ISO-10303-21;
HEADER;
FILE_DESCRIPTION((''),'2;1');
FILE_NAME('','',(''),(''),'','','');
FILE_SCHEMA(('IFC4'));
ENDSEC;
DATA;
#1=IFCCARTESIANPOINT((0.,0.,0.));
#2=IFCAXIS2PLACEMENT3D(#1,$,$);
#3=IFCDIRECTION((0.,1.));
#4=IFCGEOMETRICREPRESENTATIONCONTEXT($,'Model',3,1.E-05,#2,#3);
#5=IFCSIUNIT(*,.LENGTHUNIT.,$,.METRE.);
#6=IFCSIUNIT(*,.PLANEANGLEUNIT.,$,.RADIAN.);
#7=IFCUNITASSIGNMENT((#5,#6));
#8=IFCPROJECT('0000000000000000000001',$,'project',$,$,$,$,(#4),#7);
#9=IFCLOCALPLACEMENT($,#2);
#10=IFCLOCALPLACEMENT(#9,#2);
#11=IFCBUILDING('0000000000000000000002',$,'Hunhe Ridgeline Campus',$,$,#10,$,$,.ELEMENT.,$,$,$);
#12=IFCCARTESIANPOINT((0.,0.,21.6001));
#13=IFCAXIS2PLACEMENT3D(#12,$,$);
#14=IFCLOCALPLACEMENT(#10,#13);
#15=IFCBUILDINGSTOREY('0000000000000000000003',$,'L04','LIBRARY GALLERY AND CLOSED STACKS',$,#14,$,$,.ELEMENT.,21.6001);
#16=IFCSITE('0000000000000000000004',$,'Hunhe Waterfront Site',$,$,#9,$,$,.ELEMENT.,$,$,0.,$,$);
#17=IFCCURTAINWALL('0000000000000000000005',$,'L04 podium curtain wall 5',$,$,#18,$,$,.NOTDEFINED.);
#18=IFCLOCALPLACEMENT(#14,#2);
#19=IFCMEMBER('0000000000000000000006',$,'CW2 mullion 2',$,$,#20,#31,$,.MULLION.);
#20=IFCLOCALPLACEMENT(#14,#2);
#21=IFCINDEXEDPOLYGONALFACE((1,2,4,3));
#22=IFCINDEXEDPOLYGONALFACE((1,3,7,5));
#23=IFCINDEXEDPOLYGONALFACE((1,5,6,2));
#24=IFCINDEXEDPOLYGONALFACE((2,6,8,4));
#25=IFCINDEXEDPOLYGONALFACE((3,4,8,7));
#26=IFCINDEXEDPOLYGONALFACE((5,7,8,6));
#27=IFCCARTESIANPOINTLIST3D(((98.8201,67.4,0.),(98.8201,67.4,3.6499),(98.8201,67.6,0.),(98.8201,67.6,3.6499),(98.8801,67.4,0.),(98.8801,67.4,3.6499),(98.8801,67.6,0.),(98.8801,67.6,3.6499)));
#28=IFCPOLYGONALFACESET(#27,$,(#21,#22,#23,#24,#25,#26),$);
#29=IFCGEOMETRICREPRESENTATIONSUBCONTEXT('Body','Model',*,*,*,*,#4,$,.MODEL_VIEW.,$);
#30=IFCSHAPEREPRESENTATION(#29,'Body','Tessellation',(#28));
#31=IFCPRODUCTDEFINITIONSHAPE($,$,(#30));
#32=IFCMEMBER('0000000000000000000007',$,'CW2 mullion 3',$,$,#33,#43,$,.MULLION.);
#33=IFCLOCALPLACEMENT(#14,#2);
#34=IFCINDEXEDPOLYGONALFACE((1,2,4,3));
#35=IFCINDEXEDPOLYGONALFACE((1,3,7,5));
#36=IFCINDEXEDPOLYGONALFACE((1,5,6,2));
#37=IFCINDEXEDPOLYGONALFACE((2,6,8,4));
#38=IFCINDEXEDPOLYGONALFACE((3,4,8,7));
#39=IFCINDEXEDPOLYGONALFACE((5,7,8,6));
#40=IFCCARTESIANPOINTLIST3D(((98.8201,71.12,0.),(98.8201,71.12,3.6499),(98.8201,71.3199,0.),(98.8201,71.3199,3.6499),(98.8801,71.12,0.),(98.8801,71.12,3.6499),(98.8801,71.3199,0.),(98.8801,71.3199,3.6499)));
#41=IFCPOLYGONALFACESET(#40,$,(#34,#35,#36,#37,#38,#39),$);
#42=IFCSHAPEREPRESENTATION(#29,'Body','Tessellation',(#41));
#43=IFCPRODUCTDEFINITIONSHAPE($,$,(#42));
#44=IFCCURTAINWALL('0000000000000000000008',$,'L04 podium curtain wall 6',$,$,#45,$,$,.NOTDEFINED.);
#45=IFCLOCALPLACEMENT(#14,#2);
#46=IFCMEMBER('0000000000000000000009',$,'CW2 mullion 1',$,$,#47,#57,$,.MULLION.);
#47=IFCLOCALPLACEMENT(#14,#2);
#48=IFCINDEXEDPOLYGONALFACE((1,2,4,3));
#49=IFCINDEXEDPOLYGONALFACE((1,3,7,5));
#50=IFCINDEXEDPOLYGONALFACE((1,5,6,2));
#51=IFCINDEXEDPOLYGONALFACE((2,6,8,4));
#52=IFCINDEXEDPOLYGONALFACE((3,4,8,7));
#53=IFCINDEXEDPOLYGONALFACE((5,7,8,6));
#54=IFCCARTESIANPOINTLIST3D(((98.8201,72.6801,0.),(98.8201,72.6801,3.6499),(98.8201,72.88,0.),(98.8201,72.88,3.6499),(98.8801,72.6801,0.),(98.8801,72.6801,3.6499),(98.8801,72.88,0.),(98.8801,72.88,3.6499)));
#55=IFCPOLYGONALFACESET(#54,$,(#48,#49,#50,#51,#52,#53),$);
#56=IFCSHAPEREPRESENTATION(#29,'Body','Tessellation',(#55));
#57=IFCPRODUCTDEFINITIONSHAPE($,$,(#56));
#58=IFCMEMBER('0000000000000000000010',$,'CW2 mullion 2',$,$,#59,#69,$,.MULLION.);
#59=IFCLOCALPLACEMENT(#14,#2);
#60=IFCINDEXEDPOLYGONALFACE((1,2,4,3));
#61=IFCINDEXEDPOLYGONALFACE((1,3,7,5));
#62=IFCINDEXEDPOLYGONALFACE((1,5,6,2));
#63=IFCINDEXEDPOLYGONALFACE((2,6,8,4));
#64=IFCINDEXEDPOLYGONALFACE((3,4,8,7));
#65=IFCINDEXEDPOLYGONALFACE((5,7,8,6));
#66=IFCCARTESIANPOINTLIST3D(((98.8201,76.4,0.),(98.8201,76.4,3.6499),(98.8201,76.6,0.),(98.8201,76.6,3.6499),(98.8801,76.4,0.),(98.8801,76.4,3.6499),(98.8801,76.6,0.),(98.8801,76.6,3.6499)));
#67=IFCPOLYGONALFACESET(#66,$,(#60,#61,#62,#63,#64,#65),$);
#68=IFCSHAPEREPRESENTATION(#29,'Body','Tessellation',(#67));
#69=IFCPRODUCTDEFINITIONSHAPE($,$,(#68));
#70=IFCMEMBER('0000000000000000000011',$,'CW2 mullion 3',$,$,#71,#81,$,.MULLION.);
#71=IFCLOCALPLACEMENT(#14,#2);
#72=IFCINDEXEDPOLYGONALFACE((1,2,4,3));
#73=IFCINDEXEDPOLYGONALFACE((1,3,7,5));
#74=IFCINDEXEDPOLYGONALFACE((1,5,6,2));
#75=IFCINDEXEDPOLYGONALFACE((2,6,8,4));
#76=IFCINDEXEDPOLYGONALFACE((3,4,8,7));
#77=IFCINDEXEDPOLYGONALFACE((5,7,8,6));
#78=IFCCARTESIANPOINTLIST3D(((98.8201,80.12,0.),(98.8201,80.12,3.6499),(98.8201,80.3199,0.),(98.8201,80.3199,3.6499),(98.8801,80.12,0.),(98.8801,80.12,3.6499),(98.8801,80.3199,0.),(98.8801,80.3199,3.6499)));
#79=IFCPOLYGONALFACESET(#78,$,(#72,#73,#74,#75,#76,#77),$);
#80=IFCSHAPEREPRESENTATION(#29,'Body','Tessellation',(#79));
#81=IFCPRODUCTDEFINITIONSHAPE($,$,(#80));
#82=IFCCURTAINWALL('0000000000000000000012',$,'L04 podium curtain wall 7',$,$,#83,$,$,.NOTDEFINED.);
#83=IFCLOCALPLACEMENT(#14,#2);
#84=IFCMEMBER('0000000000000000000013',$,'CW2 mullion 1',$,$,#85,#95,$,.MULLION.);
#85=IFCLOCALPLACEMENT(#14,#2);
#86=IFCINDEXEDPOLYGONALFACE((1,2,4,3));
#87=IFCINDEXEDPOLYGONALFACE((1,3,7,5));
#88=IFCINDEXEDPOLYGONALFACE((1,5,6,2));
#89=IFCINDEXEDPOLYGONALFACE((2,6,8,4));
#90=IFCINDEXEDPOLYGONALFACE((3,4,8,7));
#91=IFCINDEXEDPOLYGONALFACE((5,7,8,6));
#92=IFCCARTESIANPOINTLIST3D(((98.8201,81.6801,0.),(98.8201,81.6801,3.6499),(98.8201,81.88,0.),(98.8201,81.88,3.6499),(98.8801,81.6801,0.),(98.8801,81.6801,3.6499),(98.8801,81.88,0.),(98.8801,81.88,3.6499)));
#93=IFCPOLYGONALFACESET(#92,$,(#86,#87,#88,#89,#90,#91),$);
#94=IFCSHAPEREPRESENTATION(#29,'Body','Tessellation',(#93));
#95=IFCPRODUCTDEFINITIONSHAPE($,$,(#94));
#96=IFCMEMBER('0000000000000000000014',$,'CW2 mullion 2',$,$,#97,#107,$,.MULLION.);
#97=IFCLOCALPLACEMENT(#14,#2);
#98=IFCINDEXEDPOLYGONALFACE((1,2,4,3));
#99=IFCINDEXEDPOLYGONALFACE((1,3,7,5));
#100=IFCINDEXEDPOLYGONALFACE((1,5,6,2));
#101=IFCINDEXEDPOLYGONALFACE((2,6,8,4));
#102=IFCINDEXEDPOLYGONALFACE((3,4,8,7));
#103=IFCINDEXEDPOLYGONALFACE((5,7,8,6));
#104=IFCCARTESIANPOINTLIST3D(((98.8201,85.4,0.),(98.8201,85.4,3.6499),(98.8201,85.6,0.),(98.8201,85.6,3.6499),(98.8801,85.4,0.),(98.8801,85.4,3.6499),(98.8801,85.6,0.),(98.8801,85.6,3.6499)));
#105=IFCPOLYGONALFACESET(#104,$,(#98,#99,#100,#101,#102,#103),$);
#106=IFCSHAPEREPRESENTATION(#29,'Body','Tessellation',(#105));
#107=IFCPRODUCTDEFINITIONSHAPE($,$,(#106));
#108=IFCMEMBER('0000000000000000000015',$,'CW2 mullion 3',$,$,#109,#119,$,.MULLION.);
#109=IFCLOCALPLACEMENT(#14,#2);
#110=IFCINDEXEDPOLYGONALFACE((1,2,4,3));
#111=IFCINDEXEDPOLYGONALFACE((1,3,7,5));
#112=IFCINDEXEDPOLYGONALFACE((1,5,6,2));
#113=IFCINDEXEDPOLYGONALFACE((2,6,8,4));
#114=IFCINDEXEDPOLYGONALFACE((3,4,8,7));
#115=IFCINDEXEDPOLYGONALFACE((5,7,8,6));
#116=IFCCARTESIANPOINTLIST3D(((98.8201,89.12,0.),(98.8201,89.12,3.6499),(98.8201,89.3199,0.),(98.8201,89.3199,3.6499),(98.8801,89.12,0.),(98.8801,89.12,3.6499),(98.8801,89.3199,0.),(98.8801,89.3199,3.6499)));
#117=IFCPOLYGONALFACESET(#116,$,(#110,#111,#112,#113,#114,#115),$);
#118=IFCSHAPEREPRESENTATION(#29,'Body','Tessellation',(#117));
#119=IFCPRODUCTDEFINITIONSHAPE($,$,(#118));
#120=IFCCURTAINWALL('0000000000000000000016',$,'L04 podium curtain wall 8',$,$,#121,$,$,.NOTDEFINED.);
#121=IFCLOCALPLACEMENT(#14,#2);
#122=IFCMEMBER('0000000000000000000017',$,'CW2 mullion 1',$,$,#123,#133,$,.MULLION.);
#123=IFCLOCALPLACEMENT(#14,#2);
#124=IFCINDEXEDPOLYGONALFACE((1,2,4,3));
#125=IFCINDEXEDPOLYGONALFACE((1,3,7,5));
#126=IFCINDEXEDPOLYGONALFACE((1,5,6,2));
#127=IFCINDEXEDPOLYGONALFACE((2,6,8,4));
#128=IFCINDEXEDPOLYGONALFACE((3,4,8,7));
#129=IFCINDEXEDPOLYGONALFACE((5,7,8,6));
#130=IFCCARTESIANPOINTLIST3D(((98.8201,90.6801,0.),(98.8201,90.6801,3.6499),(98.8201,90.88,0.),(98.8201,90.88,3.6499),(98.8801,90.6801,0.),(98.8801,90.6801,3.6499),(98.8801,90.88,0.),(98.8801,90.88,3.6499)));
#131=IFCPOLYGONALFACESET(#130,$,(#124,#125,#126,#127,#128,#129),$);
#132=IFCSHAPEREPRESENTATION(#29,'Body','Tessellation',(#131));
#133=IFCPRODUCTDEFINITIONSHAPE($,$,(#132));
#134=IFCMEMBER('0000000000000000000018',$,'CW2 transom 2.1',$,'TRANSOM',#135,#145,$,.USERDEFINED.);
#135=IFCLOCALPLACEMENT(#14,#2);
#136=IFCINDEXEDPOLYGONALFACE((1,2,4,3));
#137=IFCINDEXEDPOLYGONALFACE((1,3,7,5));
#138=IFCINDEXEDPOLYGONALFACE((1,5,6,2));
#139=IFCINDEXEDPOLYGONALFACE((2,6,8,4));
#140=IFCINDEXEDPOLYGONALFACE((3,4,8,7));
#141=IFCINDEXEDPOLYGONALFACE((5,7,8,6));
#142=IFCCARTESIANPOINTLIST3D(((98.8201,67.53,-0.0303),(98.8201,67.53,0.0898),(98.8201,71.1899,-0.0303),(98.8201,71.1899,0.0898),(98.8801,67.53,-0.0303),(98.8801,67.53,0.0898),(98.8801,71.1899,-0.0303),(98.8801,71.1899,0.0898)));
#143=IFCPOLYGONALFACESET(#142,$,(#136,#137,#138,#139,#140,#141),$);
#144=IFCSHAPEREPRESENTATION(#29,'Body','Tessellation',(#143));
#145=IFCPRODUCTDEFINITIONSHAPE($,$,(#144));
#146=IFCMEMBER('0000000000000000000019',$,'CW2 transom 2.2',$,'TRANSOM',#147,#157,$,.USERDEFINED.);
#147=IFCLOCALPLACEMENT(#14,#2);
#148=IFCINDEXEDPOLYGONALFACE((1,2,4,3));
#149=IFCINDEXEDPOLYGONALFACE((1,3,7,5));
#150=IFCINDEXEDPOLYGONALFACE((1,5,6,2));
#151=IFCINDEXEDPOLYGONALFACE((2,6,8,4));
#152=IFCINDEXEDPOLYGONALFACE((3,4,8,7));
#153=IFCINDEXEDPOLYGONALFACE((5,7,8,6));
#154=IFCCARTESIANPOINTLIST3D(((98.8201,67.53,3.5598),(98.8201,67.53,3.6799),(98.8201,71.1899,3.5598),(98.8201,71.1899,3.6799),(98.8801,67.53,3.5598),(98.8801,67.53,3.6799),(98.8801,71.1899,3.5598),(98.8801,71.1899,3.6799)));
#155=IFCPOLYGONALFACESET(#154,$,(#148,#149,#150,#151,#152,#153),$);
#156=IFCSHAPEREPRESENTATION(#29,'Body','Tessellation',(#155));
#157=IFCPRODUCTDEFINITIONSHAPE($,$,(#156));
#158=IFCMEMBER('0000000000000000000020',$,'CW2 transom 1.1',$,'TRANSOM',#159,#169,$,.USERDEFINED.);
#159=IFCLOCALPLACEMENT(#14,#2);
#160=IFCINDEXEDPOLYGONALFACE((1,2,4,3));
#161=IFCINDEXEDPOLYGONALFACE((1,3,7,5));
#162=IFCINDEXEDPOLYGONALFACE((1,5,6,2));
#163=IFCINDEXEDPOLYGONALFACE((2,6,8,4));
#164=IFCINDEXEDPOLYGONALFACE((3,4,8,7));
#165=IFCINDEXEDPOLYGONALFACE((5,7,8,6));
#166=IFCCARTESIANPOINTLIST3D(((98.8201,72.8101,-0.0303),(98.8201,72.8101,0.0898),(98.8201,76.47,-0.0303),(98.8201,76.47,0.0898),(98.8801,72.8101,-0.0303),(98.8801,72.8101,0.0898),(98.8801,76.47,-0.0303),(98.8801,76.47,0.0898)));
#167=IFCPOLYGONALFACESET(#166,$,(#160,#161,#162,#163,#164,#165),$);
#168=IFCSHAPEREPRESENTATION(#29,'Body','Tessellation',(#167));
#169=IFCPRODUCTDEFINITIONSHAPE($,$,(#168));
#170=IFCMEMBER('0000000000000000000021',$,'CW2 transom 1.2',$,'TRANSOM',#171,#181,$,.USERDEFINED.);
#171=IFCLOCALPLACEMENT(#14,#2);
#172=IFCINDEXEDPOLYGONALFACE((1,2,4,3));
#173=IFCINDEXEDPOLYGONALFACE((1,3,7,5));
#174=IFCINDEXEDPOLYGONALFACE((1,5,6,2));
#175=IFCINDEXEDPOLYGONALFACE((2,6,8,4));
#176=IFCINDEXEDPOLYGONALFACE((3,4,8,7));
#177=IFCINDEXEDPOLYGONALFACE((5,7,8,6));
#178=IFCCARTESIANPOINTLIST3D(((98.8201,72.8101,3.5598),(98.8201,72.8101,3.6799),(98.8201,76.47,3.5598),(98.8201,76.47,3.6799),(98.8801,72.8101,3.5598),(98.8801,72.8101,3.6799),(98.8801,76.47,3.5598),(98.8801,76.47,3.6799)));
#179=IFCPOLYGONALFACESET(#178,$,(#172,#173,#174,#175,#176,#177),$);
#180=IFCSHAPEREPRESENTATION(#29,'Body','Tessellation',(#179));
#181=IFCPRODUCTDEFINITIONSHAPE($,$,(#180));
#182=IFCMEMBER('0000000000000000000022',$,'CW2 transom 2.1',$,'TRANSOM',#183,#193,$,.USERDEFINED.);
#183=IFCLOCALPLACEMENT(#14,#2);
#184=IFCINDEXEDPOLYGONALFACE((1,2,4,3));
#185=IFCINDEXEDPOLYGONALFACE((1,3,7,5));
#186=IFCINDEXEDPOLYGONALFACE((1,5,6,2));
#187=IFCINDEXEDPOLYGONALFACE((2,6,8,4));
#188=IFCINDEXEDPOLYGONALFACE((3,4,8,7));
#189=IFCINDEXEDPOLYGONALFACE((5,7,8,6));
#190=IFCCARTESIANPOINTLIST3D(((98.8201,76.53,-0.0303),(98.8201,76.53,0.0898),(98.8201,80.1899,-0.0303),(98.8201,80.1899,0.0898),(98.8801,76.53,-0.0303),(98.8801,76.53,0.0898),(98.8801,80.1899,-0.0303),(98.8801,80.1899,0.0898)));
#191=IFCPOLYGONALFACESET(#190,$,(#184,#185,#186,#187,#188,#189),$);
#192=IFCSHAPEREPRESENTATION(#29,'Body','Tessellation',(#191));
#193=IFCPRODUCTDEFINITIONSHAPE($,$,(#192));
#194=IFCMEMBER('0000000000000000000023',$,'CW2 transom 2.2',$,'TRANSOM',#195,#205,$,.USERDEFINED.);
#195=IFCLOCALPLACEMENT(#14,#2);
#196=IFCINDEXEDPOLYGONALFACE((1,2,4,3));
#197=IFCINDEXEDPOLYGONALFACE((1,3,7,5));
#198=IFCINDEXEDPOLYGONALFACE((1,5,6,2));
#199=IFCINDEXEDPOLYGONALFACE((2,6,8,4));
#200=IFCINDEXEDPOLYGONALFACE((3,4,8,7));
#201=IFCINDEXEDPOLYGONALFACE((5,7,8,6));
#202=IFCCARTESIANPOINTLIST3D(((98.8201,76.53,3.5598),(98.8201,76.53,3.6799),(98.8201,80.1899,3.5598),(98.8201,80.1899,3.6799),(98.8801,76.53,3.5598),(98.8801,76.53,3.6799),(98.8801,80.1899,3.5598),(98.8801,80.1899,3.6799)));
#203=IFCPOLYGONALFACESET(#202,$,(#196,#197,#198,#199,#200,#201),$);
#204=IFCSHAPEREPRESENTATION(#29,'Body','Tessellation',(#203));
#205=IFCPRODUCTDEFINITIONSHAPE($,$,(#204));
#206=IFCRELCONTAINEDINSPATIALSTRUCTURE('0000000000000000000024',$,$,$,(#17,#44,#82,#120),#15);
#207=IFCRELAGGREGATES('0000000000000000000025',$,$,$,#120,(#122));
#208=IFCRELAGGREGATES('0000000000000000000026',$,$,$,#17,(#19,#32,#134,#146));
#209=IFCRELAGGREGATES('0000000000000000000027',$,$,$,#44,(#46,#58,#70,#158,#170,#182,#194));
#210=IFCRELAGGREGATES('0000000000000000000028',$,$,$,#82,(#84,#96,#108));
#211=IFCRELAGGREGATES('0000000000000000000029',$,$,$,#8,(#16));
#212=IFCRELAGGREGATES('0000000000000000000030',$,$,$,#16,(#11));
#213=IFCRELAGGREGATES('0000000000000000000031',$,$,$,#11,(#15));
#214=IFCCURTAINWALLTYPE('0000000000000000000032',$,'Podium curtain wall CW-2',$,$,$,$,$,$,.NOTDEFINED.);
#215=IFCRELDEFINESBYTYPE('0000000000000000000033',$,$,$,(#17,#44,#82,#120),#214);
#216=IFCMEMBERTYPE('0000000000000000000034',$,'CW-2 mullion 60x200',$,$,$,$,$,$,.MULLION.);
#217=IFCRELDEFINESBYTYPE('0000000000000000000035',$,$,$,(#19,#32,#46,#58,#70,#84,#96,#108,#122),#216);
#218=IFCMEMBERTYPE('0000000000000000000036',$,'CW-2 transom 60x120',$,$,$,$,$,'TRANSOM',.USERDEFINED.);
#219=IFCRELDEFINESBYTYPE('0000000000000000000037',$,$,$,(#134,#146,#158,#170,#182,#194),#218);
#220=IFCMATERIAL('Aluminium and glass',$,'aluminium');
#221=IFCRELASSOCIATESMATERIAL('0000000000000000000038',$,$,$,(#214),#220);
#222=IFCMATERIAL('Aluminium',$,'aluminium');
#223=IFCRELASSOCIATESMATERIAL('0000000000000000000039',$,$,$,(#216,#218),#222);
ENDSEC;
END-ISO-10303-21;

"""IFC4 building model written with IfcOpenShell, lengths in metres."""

from ifc_helpers import new_model, si_unit, direction, frame, origin, origin_2d, place, context, subcontext, project, spatial, rectangle, extrude, material, material_profile, profile_set, type_object, element, aggregate, save


model = new_model("IFC4")

# Units and contexts
model_context = context("Model", 3, precision=1e-05, world=origin(), true_north=direction((0.0, 1.0)))
body_context = subcontext(model_context, "Body", "Model", "MODEL_VIEW")
ifc_project = project(units=[si_unit("LENGTHUNIT", "METRE"), si_unit("PLANEANGLEUNIT", "RADIAN")], contexts=[model_context])

# Site, building, storey
site_placement = place(None, origin())
site = spatial("IfcSite", under=ifc_project, at=site_placement, Name="Hunhe Waterfront Site", CompositionType="ELEMENT", RefElevation=0.0)
building_placement = place(site_placement, origin())
building = spatial("IfcBuilding", under=site, at=building_placement, Name="Hunhe Ridgeline Campus", CompositionType="ELEMENT")
storey_placement = place(building_placement, frame((0.0, 0.0, 21.6001)))
storey = spatial("IfcBuildingStorey", under=building, at=storey_placement, Name="L04", Description="LIBRARY GALLERY AND CLOSED STACKS", CompositionType="ELEMENT", Elevation=21.6001)

# Curtain walls, members
ifc_material_1 = material(Name="Aluminium and glass", Category="aluminium")
curtain_wall_type = type_object("IfcCurtainWallType", Name="Podium curtain wall CW-2", PredefinedType="NOTDEFINED", material=ifc_material_1)
curtain_wall_1_placement = place(storey_placement, origin())
curtain_wall_1 = element("IfcCurtainWall", 1, at=curtain_wall_1_placement, inside=storey, type_object=curtain_wall_type, Name="L04 podium curtain wall 5", PredefinedType="NOTDEFINED")
ifc_material_2 = material(Name="Aluminium", Category="aluminium")
ifc_material_profile_1 = material_profile(ifc_material_2, rectangle(XDim=0.0601, YDim=0.2, at=origin_2d()))
ifc_profile_set_1 = profile_set([ifc_material_profile_1], Name="Aluminium")
member_type_1 = type_object("IfcMemberType", Name="CW-2 mullion 60x200", PredefinedType="MULLION", material=ifc_profile_set_1)
member_1_placement = place(storey_placement, frame((98.8501, 67.5, 0.0), z_axis=(0.0, 0.0, 1.0), x_axis=(-1.0, 0.0, 0.0)))
member_1 = element("IfcMember", 2, at=member_1_placement, type_object=member_type_1, Name="CW2 mullion 2", PredefinedType="MULLION", context=body_context, shape_type="SweptSolid", body=[
    extrude(rectangle(XDim=0.0601, YDim=0.2, at=origin_2d()), origin(), (0.0, 0.0, 1.0), 3.6499),
])
member_2_placement = place(storey_placement, frame((98.8501, 71.22, 0.0), z_axis=(0.0, 0.0, 1.0), x_axis=(-1.0, 0.0, 0.0)))
member_2 = element("IfcMember", 3, at=member_2_placement, type_object=member_type_1, Name="CW2 mullion 3", PredefinedType="MULLION", context=body_context, shape_type="SweptSolid", body=[
    extrude(rectangle(XDim=0.0601, YDim=0.2, at=origin_2d()), origin(), (0.0, 0.0, 1.0), 3.6499),
])
curtain_wall_2_placement = place(storey_placement, origin())
curtain_wall_2 = element("IfcCurtainWall", 4, at=curtain_wall_2_placement, inside=storey, type_object=curtain_wall_type, Name="L04 podium curtain wall 6", PredefinedType="NOTDEFINED")
member_3_placement = place(storey_placement, frame((98.8501, 72.78, 0.0), z_axis=(0.0, 0.0, 1.0), x_axis=(-1.0, 0.0, 0.0)))
member_3 = element("IfcMember", 5, at=member_3_placement, type_object=member_type_1, Name="CW2 mullion 1", PredefinedType="MULLION", context=body_context, shape_type="SweptSolid", body=[
    extrude(rectangle(XDim=0.0601, YDim=0.2, at=origin_2d()), origin(), (0.0, 0.0, 1.0), 3.6499),
])
member_4_placement = place(storey_placement, frame((98.8501, 76.5, 0.0), z_axis=(0.0, 0.0, 1.0), x_axis=(-1.0, 0.0, 0.0)))
member_4 = element("IfcMember", 6, at=member_4_placement, type_object=member_type_1, Name="CW2 mullion 2", PredefinedType="MULLION", context=body_context, shape_type="SweptSolid", body=[
    extrude(rectangle(XDim=0.0601, YDim=0.2, at=origin_2d()), origin(), (0.0, 0.0, 1.0), 3.6499),
])
member_5_placement = place(storey_placement, frame((98.8501, 80.22, 0.0), z_axis=(0.0, 0.0, 1.0), x_axis=(-1.0, 0.0, 0.0)))
member_5 = element("IfcMember", 7, at=member_5_placement, type_object=member_type_1, Name="CW2 mullion 3", PredefinedType="MULLION", context=body_context, shape_type="SweptSolid", body=[
    extrude(rectangle(XDim=0.0601, YDim=0.2, at=origin_2d()), origin(), (0.0, 0.0, 1.0), 3.6499),
])
curtain_wall_3_placement = place(storey_placement, origin())
curtain_wall_3 = element("IfcCurtainWall", 8, at=curtain_wall_3_placement, inside=storey, type_object=curtain_wall_type, Name="L04 podium curtain wall 7", PredefinedType="NOTDEFINED")
member_6_placement = place(storey_placement, frame((98.8501, 81.78, 0.0), z_axis=(0.0, 0.0, 1.0), x_axis=(-1.0, 0.0, 0.0)))
member_6 = element("IfcMember", 9, at=member_6_placement, type_object=member_type_1, Name="CW2 mullion 1", PredefinedType="MULLION", context=body_context, shape_type="SweptSolid", body=[
    extrude(rectangle(XDim=0.0601, YDim=0.2, at=origin_2d()), origin(), (0.0, 0.0, 1.0), 3.6499),
])
member_7_placement = place(storey_placement, frame((98.8501, 85.5, 0.0), z_axis=(0.0, 0.0, 1.0), x_axis=(-1.0, 0.0, 0.0)))
member_7 = element("IfcMember", 10, at=member_7_placement, type_object=member_type_1, Name="CW2 mullion 2", PredefinedType="MULLION", context=body_context, shape_type="SweptSolid", body=[
    extrude(rectangle(XDim=0.0601, YDim=0.2, at=origin_2d()), origin(), (0.0, 0.0, 1.0), 3.6499),
])
member_8_placement = place(storey_placement, frame((98.8501, 89.22, 0.0), z_axis=(0.0, 0.0, 1.0), x_axis=(-1.0, 0.0, 0.0)))
member_8 = element("IfcMember", 11, at=member_8_placement, type_object=member_type_1, Name="CW2 mullion 3", PredefinedType="MULLION", context=body_context, shape_type="SweptSolid", body=[
    extrude(rectangle(XDim=0.0601, YDim=0.2, at=origin_2d()), origin(), (0.0, 0.0, 1.0), 3.6499),
])

# Curtain wall, member
curtain_wall_4_placement = place(storey_placement, origin())
curtain_wall_4 = element("IfcCurtainWall", 12, at=curtain_wall_4_placement, inside=storey, type_object=curtain_wall_type, Name="L04 podium curtain wall 8", PredefinedType="NOTDEFINED")
member_9_placement = place(storey_placement, frame((98.8501, 90.78, 0.0), z_axis=(0.0, 0.0, 1.0), x_axis=(-1.0, 0.0, 0.0)))
member_9 = element("IfcMember", 13, at=member_9_placement, type_object=member_type_1, Name="CW2 mullion 1", PredefinedType="MULLION", context=body_context, shape_type="SweptSolid", body=[
    extrude(rectangle(XDim=0.0601, YDim=0.2, at=origin_2d()), origin(), (0.0, 0.0, 1.0), 3.6499),
])
aggregate(curtain_wall_4, [member_9])

# Members
ifc_material_profile_2 = material_profile(ifc_material_2, rectangle(XDim=0.0601, YDim=0.1201, at=origin_2d()))
ifc_profile_set_2 = profile_set([ifc_material_profile_2], Name="Aluminium")
member_type_2 = type_object("IfcMemberType", Name="CW-2 transom 60x120", ElementType="TRANSOM", PredefinedType="USERDEFINED", material=ifc_profile_set_2)
member_10_placement = place(storey_placement, frame((98.8501, 67.53, 0.0298), z_axis=(0.0, 1.0, 0.0), x_axis=(-1.0, 0.0, 0.0)))
member_10 = element("IfcMember", 14, at=member_10_placement, type_object=member_type_2, Name="CW2 transom 2.1", ObjectType="TRANSOM", PredefinedType="USERDEFINED", context=body_context, shape_type="SweptSolid", body=[
    extrude(rectangle(XDim=0.0601, YDim=0.1201, at=origin_2d()), origin(), (0.0, 0.0, 1.0), 3.6599),
])
member_11_placement = place(storey_placement, frame((98.8501, 67.53, 3.6199), z_axis=(0.0, 1.0, 0.0), x_axis=(-1.0, 0.0, 0.0)))
member_11 = element("IfcMember", 15, at=member_11_placement, type_object=member_type_2, Name="CW2 transom 2.2", ObjectType="TRANSOM", PredefinedType="USERDEFINED", context=body_context, shape_type="SweptSolid", body=[
    extrude(rectangle(XDim=0.0601, YDim=0.1201, at=origin_2d()), origin(), (0.0, 0.0, 1.0), 3.6599),
])
member_12_placement = place(storey_placement, frame((98.8501, 72.8101, 0.0298), z_axis=(0.0, 1.0, 0.0), x_axis=(-1.0, 0.0, 0.0)))
member_12 = element("IfcMember", 16, at=member_12_placement, type_object=member_type_2, Name="CW2 transom 1.1", ObjectType="TRANSOM", PredefinedType="USERDEFINED", context=body_context, shape_type="SweptSolid", body=[
    extrude(rectangle(XDim=0.0601, YDim=0.1201, at=origin_2d()), origin(), (0.0, 0.0, 1.0), 3.6599),
])
member_13_placement = place(storey_placement, frame((98.8501, 72.8101, 3.6199), z_axis=(0.0, 1.0, 0.0), x_axis=(-1.0, 0.0, 0.0)))
member_13 = element("IfcMember", 17, at=member_13_placement, type_object=member_type_2, Name="CW2 transom 1.2", ObjectType="TRANSOM", PredefinedType="USERDEFINED", context=body_context, shape_type="SweptSolid", body=[
    extrude(rectangle(XDim=0.0601, YDim=0.1201, at=origin_2d()), origin(), (0.0, 0.0, 1.0), 3.6599),
])
member_14_placement = place(storey_placement, frame((98.8501, 76.53, 0.0298), z_axis=(0.0, 1.0, 0.0), x_axis=(-1.0, 0.0, 0.0)))
member_14 = element("IfcMember", 18, at=member_14_placement, type_object=member_type_2, Name="CW2 transom 2.1", ObjectType="TRANSOM", PredefinedType="USERDEFINED", context=body_context, shape_type="SweptSolid", body=[
    extrude(rectangle(XDim=0.0601, YDim=0.1201, at=origin_2d()), origin(), (0.0, 0.0, 1.0), 3.6599),
])
member_15_placement = place(storey_placement, frame((98.8501, 76.53, 3.6199), z_axis=(0.0, 1.0, 0.0), x_axis=(-1.0, 0.0, 0.0)))
member_15 = element("IfcMember", 19, at=member_15_placement, type_object=member_type_2, Name="CW2 transom 2.2", ObjectType="TRANSOM", PredefinedType="USERDEFINED", context=body_context, shape_type="SweptSolid", body=[
    extrude(rectangle(XDim=0.0601, YDim=0.1201, at=origin_2d()), origin(), (0.0, 0.0, 1.0), 3.6599),
])

aggregate(curtain_wall_1, [member_1, member_2, member_10, member_11])
aggregate(curtain_wall_2, [member_3, member_4, member_5, member_12, member_13, member_14, member_15])
aggregate(curtain_wall_3, [member_6, member_7, member_8])

save(model, "model.ifc")
